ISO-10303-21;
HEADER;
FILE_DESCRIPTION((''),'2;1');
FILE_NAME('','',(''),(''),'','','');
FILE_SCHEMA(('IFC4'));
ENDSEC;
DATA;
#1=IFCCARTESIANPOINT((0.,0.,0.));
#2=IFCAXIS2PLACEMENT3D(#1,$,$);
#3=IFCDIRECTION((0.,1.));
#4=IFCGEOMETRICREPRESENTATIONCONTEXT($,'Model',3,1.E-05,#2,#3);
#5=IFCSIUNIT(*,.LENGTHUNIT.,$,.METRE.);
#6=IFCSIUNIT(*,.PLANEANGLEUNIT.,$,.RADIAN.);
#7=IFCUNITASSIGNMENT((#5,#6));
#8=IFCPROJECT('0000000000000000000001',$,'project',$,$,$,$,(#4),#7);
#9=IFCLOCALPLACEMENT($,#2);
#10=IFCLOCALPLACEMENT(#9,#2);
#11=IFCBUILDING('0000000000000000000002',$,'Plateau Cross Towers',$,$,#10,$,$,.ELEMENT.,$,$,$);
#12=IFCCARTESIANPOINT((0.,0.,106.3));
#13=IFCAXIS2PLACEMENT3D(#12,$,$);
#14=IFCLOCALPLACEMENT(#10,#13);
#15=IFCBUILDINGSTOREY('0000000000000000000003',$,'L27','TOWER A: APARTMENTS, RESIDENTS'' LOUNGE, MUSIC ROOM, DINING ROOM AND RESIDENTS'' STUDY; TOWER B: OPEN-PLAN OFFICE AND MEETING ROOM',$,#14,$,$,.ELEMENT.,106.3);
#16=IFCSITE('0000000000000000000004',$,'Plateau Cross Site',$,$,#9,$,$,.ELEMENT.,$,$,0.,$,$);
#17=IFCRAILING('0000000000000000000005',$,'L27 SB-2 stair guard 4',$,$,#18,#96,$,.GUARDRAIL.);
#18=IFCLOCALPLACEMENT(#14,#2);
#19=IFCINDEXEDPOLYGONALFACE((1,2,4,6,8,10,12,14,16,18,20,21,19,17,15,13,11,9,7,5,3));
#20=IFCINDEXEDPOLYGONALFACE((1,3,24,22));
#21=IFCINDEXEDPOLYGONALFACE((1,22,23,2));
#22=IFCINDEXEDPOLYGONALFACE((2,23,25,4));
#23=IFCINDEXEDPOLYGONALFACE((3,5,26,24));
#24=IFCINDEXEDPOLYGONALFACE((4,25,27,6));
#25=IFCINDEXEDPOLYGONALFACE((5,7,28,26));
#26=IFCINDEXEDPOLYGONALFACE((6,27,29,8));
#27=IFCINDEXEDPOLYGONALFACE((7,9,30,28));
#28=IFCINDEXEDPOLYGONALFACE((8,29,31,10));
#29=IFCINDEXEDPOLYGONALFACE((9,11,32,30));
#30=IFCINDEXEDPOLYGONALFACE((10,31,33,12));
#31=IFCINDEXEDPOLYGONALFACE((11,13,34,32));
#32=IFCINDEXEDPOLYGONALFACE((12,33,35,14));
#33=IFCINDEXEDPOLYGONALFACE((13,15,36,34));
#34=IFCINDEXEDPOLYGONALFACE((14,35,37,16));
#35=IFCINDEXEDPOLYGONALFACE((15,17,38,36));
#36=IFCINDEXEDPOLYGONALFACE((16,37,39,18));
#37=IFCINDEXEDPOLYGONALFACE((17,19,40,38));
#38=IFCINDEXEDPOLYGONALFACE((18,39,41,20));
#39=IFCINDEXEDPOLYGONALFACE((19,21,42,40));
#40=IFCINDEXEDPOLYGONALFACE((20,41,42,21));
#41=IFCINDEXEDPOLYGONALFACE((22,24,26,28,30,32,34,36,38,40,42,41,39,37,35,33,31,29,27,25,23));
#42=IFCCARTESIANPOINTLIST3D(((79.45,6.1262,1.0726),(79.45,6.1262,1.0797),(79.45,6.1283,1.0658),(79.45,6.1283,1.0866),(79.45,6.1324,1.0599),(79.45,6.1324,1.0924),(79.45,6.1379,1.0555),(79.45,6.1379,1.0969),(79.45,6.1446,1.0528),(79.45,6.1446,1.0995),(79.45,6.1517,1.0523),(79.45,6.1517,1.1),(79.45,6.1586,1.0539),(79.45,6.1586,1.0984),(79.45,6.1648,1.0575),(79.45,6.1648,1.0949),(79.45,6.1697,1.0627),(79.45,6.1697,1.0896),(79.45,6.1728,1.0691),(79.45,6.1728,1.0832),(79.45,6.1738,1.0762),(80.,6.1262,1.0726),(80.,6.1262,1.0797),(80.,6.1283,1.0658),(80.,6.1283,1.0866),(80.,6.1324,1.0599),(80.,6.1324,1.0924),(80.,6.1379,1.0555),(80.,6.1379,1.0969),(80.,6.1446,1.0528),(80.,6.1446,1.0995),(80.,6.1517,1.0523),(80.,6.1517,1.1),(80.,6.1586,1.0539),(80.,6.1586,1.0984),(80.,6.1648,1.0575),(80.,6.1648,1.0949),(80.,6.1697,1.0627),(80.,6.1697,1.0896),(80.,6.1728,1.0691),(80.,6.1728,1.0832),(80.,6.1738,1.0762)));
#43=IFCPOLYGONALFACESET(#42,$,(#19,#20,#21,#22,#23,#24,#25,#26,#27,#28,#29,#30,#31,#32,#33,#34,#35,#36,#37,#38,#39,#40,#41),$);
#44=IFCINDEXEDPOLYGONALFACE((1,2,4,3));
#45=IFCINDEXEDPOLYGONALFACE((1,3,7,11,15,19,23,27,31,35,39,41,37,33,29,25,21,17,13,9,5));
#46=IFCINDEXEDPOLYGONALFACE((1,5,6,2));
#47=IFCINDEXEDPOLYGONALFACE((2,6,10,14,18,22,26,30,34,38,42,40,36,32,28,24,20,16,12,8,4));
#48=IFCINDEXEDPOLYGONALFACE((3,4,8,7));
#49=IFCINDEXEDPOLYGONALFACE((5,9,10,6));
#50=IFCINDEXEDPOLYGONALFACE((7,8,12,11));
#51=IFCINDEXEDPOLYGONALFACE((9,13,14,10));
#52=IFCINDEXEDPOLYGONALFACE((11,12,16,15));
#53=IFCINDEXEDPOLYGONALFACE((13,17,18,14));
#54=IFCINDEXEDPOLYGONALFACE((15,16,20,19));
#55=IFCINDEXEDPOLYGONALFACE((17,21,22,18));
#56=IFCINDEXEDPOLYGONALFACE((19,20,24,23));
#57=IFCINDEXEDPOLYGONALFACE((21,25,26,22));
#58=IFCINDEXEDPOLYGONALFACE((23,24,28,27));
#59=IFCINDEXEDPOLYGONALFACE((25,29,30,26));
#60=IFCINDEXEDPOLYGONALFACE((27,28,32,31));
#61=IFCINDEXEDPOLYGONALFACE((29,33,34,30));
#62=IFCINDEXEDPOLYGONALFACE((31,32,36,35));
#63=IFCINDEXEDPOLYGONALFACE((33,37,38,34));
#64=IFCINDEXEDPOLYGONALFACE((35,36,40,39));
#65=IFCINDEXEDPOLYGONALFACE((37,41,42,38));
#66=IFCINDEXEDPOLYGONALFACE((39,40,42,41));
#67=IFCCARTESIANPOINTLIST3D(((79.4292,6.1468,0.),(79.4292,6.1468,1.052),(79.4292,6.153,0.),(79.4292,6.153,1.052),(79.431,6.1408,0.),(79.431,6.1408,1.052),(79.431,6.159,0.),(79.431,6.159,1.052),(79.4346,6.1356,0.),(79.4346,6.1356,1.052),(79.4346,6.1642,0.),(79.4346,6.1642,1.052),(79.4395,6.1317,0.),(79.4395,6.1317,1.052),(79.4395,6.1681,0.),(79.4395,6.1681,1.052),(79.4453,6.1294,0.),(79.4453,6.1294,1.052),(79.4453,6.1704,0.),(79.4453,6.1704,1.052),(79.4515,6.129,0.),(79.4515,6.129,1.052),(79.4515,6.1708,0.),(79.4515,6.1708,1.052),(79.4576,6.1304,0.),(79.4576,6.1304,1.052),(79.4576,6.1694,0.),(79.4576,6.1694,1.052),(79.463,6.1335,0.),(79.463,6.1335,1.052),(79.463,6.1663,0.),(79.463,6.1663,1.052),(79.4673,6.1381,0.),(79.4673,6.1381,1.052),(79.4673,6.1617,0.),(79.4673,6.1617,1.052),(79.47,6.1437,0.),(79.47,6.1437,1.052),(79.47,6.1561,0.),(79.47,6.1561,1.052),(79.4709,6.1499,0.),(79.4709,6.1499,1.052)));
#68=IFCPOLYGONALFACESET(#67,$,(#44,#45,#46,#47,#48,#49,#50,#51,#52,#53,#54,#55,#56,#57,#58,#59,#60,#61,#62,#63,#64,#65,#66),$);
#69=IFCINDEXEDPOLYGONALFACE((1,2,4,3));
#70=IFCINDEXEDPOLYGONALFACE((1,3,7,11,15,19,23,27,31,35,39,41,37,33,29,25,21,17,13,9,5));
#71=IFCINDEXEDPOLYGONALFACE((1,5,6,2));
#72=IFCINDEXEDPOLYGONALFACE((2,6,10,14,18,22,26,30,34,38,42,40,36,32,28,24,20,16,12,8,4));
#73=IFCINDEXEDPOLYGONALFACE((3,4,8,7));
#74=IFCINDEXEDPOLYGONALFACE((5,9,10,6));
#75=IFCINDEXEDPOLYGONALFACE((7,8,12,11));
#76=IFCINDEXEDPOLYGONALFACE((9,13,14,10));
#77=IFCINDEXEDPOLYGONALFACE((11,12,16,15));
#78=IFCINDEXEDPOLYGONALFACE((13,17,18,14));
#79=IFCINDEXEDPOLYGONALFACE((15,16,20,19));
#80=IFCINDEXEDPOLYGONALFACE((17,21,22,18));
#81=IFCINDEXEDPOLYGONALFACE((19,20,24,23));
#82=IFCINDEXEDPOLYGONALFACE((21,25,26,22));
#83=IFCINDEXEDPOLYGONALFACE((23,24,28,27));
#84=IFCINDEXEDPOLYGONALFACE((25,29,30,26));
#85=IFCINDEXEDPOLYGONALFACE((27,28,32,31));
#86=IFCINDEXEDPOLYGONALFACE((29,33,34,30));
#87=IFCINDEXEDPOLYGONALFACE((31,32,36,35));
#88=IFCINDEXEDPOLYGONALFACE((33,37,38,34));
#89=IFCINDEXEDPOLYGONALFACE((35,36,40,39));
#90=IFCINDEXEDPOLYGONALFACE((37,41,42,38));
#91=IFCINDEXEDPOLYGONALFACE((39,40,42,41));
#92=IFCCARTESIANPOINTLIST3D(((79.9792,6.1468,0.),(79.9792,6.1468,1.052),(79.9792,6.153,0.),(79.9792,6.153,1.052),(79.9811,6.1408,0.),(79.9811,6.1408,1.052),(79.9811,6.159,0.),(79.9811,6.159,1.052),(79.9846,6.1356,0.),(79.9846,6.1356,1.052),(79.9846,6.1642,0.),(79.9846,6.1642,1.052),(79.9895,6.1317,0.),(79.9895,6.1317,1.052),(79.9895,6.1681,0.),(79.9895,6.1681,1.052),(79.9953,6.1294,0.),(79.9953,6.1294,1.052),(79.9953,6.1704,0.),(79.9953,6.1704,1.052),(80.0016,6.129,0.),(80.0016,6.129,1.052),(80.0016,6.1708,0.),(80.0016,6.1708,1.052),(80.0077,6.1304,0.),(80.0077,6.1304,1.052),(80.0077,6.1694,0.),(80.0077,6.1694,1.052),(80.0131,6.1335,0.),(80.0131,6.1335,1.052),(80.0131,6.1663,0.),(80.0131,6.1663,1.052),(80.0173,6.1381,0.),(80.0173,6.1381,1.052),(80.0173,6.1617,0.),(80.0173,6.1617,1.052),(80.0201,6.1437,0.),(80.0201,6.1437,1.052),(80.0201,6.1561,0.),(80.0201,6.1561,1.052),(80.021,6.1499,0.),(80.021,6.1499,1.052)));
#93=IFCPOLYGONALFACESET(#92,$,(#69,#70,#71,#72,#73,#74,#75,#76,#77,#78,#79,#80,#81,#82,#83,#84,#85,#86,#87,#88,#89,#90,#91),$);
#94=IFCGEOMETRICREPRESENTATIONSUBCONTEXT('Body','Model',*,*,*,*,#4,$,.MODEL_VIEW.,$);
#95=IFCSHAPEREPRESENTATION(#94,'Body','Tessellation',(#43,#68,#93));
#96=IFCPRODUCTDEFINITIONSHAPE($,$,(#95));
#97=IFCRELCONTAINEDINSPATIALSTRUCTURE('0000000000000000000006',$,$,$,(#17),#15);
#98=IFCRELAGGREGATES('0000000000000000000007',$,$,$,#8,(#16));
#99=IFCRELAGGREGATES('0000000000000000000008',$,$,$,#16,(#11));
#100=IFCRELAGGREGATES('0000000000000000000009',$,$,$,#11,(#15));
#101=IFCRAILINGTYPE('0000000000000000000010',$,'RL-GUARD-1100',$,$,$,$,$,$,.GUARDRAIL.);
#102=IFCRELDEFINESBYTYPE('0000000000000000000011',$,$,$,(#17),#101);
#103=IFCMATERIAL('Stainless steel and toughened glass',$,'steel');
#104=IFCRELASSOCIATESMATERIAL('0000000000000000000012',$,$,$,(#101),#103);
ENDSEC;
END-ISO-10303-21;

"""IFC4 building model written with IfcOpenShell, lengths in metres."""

from ifc_helpers import new_model, si_unit, direction, frame, origin, origin_2d, place, context, subcontext, project, spatial, circle, extrude, material, type_object, element, save


model = new_model("IFC4")

# Units and contexts
model_context = context("Model", 3, precision=1e-05, world=origin(), true_north=direction((0.0, 1.0)))
body_context = subcontext(model_context, "Body", "Model", "MODEL_VIEW")
ifc_project = project(units=[si_unit("LENGTHUNIT", "METRE"), si_unit("PLANEANGLEUNIT", "RADIAN")], contexts=[model_context])

# Site, building, storey
site_placement = place(None, origin())
site = spatial("IfcSite", under=ifc_project, at=site_placement, Name="Plateau Cross Site", CompositionType="ELEMENT", RefElevation=0.0)
building_placement = place(site_placement, origin())
building = spatial("IfcBuilding", under=site, at=building_placement, Name="Plateau Cross Towers", CompositionType="ELEMENT")
storey_placement = place(building_placement, frame((0.0, 0.0, 106.3)))
storey = spatial("IfcBuildingStorey", under=building, at=storey_placement, Name="L27", Description="TOWER A: APARTMENTS, RESIDENTS' LOUNGE, MUSIC ROOM, DINING ROOM AND RESIDENTS' STUDY; TOWER B: OPEN-PLAN OFFICE AND MEETING ROOM", CompositionType="ELEMENT", Elevation=106.3)

# Railing
ifc_material_1 = material(Name="Stainless steel and toughened glass", Category="steel")
railing_type = type_object("IfcRailingType", Name="RL-GUARD-1100", PredefinedType="GUARDRAIL", material=ifc_material_1)
railing_1_placement = place(storey_placement, frame((79.45, 6.1499, 0.0)))
element("IfcRailing", 1, at=railing_1_placement, inside=storey, type_object=railing_type, Name="L27 SB-2 stair guard 4", PredefinedType="GUARDRAIL", context=body_context, shape_type="SweptSolid", body=[
    extrude(circle(Radius=0.0239, at=origin_2d()), frame((0.0, 0.0, 1.0762), z_axis=(1.0, 0.0, 0.0), x_axis=(0.0, 1.0, 0.0)), (0.0, 0.0, 1.0), 0.55),
    extrude(circle(Radius=0.021, at=origin_2d()), origin(), (0.0, 0.0, 1.0), 1.052),
    extrude(circle(Radius=0.021, at=origin_2d()), frame((0.55, 0.0, 0.0)), (0.0, 0.0, 1.0), 1.052),
])

save(model, "model.ifc")
